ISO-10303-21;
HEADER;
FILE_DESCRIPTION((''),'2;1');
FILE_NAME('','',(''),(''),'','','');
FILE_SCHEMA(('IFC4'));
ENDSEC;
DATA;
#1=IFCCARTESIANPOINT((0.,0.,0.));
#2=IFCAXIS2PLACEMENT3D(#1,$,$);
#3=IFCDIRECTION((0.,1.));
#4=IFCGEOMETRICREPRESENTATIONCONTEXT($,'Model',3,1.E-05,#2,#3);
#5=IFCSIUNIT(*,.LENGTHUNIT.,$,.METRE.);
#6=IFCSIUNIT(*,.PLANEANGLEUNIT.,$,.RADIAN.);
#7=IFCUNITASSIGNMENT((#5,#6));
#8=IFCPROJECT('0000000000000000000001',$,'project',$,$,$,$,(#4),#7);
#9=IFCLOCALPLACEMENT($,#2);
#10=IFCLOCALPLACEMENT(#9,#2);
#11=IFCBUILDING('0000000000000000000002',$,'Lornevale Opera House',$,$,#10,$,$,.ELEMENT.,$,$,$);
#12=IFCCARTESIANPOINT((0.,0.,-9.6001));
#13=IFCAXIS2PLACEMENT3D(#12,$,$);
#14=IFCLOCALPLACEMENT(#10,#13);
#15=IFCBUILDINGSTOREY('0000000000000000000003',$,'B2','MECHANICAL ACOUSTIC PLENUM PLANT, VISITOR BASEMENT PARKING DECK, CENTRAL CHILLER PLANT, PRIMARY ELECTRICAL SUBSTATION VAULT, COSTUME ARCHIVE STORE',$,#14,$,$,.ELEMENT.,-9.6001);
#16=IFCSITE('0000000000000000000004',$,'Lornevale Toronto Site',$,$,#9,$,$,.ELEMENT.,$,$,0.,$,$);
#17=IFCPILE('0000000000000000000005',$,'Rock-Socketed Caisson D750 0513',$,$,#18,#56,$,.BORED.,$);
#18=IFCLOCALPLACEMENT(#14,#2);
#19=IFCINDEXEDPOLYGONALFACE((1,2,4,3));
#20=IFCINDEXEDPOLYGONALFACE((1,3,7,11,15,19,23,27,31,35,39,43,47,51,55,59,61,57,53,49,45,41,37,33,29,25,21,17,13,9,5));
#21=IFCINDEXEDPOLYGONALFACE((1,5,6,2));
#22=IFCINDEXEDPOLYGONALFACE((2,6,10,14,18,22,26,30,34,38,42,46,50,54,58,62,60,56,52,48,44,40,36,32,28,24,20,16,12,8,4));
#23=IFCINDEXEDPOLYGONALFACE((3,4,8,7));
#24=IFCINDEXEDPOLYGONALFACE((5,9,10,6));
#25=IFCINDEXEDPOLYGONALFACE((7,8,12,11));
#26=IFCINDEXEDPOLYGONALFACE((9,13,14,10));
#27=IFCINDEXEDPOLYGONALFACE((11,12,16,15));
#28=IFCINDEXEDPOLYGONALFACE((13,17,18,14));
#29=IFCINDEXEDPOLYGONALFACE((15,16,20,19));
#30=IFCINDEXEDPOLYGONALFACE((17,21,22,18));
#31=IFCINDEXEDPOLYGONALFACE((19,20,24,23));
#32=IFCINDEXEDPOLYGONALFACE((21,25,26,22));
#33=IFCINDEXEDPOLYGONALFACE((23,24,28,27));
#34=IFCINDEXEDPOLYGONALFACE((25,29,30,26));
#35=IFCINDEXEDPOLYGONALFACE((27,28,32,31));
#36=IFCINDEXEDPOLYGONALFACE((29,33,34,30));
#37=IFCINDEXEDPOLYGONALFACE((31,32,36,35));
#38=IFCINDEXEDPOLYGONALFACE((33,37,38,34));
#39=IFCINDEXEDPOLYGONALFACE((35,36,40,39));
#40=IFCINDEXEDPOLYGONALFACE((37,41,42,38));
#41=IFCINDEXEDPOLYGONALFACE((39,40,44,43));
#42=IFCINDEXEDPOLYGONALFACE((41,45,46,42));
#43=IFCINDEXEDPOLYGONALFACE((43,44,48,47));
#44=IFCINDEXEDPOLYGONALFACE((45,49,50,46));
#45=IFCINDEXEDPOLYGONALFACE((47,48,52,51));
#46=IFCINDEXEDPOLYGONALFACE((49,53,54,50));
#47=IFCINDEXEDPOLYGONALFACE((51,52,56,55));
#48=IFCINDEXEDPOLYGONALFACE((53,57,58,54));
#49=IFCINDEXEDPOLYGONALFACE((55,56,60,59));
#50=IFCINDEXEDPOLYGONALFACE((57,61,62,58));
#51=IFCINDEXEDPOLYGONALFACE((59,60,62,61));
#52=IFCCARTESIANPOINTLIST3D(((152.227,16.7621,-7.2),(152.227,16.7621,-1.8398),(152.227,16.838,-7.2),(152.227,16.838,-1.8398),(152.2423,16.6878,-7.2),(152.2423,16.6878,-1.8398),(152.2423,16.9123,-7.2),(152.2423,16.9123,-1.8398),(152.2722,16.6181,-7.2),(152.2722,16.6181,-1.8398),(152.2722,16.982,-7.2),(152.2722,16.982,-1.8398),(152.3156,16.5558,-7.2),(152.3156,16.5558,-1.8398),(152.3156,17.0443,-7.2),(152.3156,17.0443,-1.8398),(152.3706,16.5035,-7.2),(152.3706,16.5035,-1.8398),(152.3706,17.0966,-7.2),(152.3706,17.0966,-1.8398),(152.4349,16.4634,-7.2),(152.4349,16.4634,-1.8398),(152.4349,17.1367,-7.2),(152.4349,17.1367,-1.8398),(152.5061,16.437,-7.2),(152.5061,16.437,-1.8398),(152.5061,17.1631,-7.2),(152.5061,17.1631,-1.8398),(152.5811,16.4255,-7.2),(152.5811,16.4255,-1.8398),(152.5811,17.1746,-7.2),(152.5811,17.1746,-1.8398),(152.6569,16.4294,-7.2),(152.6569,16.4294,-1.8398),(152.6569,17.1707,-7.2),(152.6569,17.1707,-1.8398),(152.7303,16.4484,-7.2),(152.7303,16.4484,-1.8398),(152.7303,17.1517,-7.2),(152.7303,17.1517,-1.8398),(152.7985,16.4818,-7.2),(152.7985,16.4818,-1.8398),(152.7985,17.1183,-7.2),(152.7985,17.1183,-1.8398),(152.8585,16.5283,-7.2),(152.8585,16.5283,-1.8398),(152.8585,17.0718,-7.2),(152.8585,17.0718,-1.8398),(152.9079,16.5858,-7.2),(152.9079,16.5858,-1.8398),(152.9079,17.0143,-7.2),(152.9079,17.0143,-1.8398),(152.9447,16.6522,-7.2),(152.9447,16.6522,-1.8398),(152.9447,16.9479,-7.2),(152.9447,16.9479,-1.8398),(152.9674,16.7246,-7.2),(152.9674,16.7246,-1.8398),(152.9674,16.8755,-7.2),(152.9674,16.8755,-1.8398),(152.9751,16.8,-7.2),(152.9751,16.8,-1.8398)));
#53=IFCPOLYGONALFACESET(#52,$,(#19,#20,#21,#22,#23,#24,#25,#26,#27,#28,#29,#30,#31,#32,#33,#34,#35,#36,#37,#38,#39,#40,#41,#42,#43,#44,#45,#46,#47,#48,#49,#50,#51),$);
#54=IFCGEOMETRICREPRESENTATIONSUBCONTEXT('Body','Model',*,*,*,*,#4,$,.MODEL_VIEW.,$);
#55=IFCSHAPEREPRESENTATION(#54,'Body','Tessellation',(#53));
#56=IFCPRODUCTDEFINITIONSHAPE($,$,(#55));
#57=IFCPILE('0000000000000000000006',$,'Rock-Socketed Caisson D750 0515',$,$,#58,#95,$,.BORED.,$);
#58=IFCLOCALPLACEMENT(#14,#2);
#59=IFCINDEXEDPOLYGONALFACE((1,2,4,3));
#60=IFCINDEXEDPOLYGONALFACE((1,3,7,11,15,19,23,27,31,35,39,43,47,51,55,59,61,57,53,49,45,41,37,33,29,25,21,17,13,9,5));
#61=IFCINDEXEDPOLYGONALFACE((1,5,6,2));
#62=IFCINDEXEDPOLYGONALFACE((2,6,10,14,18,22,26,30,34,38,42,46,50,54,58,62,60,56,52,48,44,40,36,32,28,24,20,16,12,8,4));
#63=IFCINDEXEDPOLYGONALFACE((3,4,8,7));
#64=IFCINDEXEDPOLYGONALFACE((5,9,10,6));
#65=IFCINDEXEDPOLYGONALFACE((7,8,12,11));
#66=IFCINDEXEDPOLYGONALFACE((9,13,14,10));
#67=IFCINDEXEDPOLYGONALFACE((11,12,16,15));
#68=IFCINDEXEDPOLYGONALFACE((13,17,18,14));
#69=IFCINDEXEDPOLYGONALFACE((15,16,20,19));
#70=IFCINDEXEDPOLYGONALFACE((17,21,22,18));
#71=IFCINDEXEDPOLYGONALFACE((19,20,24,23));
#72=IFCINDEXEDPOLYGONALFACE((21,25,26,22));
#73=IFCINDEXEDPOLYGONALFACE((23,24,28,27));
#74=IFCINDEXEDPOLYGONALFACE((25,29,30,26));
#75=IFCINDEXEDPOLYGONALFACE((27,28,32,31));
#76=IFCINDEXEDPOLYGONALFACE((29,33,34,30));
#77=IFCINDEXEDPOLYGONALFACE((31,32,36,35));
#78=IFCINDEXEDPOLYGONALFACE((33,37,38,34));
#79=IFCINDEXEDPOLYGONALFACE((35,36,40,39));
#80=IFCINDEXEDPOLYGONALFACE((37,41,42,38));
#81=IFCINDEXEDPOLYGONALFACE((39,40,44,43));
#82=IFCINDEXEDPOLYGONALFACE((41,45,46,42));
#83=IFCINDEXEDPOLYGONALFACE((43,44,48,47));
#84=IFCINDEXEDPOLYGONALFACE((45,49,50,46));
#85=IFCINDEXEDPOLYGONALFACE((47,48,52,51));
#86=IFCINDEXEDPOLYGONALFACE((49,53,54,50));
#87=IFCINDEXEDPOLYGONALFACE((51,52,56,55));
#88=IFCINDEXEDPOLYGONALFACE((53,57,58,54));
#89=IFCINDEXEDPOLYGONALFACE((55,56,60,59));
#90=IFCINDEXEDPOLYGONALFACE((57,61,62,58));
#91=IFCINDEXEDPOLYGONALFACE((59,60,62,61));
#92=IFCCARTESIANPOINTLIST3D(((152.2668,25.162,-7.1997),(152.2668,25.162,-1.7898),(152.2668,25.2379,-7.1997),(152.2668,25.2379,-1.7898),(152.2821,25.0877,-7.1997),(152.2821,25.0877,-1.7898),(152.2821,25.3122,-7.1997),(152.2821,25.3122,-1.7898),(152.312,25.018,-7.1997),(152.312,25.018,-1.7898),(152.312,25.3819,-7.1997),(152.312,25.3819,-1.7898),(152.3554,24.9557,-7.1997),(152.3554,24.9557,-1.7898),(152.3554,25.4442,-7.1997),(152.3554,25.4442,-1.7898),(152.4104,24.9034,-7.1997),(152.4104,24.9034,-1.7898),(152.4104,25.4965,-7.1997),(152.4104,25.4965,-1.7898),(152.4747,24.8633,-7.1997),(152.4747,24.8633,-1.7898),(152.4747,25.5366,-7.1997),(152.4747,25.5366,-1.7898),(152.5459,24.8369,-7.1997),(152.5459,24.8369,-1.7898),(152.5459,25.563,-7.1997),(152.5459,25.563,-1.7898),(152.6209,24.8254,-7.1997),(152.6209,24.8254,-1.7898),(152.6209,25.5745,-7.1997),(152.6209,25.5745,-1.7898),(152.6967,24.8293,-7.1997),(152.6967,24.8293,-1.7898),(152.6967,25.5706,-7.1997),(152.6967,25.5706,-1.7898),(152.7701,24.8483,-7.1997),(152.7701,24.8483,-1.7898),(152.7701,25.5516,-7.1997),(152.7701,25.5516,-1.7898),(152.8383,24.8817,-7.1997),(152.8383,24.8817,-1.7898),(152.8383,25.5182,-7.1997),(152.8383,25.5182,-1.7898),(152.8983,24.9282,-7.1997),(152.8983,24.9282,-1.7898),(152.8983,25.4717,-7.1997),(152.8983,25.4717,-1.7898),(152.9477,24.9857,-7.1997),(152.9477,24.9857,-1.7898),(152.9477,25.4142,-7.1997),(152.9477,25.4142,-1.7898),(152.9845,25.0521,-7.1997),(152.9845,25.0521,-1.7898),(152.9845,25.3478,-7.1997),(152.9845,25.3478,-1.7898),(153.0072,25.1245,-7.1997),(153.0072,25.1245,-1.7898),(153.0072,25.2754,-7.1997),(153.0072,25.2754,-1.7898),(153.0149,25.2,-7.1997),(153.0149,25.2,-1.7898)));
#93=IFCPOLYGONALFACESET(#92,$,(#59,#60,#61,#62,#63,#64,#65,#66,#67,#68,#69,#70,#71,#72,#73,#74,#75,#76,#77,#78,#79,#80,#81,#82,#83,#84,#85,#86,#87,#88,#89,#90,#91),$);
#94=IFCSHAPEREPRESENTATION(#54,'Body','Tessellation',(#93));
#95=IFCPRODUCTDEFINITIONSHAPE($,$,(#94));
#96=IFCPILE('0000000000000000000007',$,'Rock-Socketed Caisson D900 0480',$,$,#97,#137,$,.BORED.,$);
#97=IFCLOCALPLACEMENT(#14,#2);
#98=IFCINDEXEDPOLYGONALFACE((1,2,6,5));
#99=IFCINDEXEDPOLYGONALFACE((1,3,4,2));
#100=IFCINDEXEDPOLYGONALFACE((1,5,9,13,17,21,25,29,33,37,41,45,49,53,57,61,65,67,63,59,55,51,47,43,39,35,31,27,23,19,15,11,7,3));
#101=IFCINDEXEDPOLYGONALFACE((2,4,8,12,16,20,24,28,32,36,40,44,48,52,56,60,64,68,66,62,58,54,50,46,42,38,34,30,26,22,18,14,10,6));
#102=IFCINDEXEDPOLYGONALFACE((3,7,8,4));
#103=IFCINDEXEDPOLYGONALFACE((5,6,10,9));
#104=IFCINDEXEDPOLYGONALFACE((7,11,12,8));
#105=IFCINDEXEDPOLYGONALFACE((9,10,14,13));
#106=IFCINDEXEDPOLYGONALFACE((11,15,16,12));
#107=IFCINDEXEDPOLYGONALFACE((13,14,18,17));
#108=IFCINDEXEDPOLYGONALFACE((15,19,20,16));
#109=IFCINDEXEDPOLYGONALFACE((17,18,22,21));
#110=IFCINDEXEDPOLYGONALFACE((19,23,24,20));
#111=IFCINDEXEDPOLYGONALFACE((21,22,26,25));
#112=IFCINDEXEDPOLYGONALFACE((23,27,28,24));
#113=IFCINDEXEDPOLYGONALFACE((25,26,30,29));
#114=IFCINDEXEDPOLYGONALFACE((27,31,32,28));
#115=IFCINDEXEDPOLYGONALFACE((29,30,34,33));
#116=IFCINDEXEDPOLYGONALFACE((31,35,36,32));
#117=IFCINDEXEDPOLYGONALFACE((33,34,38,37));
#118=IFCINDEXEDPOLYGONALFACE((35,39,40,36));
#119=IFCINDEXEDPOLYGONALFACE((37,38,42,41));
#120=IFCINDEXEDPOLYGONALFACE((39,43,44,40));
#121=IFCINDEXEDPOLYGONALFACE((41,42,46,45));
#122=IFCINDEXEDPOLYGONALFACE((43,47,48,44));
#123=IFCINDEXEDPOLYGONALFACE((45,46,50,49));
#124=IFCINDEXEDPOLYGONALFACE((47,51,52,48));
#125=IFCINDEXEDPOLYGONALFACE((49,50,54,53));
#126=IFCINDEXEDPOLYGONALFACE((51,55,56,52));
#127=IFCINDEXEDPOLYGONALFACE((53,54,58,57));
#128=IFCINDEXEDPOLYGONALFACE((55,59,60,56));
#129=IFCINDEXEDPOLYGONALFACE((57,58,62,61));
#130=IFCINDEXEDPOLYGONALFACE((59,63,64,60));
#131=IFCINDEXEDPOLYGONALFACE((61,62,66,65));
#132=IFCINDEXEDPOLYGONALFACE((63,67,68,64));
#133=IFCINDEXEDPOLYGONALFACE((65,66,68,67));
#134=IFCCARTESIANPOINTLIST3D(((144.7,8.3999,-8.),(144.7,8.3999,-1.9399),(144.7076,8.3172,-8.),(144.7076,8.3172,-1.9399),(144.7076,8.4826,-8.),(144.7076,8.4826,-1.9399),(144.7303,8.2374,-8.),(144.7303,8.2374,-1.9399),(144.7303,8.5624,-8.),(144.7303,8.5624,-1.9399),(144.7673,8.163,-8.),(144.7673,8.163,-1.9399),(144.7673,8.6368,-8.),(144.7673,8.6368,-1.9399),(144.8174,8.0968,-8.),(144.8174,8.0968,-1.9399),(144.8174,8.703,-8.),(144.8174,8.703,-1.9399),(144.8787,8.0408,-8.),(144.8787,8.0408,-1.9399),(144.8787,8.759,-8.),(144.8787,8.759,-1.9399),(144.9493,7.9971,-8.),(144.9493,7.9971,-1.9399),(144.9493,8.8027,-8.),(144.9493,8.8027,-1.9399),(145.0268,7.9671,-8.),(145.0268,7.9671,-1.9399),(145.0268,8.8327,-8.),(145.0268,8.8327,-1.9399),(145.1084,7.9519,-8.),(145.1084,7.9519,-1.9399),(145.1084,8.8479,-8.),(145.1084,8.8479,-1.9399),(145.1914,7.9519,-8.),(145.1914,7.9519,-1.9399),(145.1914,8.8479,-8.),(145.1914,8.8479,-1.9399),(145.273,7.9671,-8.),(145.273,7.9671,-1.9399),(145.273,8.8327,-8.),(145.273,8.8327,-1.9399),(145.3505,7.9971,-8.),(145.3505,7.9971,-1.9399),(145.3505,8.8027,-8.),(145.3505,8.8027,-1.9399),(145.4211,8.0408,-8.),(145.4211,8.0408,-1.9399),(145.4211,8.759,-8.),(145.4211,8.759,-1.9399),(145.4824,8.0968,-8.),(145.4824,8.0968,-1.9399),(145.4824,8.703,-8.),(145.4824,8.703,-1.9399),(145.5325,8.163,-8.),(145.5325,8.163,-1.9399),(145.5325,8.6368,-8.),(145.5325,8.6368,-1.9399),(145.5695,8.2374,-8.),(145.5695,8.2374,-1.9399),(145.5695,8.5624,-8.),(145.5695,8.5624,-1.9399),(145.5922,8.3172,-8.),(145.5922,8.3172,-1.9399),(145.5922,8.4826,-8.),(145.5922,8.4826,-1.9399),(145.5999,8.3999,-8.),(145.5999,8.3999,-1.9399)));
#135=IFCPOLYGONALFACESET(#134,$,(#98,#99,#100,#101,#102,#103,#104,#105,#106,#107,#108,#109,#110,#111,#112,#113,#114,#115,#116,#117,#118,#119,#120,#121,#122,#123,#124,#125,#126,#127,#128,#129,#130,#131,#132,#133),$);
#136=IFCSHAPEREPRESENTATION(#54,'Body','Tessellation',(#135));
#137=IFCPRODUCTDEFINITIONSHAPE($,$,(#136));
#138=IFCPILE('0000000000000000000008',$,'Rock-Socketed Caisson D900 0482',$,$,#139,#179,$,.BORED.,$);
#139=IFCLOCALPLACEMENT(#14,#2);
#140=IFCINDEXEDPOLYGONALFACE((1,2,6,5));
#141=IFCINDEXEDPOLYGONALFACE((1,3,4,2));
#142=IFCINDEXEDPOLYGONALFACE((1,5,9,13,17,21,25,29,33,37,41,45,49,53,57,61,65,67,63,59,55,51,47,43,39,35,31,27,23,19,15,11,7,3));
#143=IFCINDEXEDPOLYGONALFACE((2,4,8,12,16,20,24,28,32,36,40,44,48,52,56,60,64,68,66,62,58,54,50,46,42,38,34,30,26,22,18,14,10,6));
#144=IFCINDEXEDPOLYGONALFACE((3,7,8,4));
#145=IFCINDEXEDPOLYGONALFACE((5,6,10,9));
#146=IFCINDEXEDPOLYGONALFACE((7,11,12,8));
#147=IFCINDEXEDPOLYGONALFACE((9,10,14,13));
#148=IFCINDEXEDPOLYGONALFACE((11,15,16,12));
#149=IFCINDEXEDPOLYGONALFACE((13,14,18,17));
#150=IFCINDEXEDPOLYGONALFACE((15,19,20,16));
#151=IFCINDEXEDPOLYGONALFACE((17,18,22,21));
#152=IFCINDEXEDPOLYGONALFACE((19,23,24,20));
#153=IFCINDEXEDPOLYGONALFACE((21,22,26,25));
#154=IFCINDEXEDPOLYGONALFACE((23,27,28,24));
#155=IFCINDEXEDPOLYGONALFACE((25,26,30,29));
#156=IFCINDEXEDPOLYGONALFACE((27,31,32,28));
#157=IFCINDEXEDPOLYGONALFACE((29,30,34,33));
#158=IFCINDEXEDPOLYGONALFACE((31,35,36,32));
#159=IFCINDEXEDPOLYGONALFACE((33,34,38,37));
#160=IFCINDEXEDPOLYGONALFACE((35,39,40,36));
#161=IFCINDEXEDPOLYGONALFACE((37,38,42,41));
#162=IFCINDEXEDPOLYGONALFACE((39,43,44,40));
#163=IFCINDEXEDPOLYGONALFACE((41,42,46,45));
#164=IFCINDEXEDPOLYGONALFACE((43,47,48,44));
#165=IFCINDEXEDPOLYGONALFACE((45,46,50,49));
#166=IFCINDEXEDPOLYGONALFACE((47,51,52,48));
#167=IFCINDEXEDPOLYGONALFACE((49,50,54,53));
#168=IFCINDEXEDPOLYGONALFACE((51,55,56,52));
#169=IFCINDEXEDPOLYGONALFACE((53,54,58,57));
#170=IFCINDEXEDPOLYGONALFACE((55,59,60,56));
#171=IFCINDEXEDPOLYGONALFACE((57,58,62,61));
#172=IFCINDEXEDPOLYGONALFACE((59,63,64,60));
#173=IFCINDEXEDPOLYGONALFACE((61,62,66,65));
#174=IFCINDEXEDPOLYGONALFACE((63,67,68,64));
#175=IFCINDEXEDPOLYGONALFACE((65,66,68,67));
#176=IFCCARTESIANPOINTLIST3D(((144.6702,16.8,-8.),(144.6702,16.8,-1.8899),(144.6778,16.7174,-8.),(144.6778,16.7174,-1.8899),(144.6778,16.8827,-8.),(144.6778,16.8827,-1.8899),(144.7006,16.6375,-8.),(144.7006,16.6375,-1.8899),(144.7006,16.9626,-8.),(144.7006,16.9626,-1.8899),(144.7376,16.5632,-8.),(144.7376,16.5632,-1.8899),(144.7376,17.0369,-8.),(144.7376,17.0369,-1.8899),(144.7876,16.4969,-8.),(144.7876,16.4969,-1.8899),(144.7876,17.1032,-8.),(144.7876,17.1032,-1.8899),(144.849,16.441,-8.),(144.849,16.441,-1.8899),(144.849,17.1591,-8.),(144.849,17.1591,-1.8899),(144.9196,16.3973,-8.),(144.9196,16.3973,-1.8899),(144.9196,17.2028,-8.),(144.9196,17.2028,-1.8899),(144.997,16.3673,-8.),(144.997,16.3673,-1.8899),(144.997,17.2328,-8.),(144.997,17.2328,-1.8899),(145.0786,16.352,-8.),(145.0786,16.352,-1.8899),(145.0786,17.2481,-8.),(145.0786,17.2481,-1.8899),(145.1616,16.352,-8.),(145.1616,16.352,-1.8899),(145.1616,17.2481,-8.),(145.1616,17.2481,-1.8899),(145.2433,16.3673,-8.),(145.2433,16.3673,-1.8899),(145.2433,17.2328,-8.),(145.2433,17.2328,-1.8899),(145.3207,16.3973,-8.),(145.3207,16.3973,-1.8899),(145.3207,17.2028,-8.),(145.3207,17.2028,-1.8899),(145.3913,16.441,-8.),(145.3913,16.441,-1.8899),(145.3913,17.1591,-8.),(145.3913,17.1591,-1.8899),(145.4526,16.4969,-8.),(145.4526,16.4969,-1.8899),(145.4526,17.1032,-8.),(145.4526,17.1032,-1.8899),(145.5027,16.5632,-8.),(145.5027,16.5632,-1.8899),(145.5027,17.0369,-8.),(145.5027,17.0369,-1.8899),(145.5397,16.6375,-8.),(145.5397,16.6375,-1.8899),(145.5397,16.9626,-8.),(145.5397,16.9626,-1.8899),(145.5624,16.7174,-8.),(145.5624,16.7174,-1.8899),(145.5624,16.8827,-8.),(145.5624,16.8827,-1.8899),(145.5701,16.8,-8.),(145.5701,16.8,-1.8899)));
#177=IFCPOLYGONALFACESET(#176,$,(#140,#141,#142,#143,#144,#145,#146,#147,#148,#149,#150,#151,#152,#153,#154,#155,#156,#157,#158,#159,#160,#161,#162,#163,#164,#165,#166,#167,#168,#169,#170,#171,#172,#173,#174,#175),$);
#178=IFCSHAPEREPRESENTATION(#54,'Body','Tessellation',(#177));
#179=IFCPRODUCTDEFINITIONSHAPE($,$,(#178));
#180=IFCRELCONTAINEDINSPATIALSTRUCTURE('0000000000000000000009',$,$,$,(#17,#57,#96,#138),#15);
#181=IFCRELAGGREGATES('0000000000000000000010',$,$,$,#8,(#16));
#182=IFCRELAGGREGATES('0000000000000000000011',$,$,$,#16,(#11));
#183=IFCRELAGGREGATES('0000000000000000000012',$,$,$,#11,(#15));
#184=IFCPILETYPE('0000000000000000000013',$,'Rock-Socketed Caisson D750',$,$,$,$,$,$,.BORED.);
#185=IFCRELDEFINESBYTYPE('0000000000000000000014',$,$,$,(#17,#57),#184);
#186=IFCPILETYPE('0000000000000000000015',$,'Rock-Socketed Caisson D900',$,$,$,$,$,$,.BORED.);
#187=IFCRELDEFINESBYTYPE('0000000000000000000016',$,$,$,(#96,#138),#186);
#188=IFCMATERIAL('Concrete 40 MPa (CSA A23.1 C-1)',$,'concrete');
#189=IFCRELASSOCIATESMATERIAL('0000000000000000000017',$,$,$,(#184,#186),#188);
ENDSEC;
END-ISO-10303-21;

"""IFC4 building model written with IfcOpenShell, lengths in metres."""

from ifc_helpers import new_model, si_unit, direction, frame, origin, origin_2d, place, context, subcontext, project, spatial, circle, extrude, material, material_profile, profile_set, type_object, element, save


model = new_model("IFC4")

# Units and contexts
model_context = context("Model", 3, precision=1e-05, world=origin(), true_north=direction((0.0, 1.0)))
body_context = subcontext(model_context, "Body", "Model", "MODEL_VIEW")
ifc_project = project(units=[si_unit("LENGTHUNIT", "METRE"), si_unit("PLANEANGLEUNIT", "RADIAN")], contexts=[model_context])

# Site, building, storey
site_placement = place(None, origin())
site = spatial("IfcSite", under=ifc_project, at=site_placement, Name="Lornevale Toronto Site", CompositionType="ELEMENT", RefElevation=0.0)
building_placement = place(site_placement, origin())
building = spatial("IfcBuilding", under=site, at=building_placement, Name="Lornevale Opera House", CompositionType="ELEMENT")
storey_placement = place(building_placement, frame((0.0, 0.0, -9.6001)))
storey = spatial("IfcBuildingStorey", under=building, at=storey_placement, Name="B2", Description="MECHANICAL ACOUSTIC PLENUM PLANT, VISITOR BASEMENT PARKING DECK, CENTRAL CHILLER PLANT, PRIMARY ELECTRICAL SUBSTATION VAULT, COSTUME ARCHIVE STORE", CompositionType="ELEMENT", Elevation=-9.6001)

# Piles
ifc_material_1 = material(Name="Concrete 40 MPa (CSA A23.1 C-1)", Category="concrete")
ifc_material_profile_1 = material_profile(ifc_material_1, circle(Radius=0.375, at=origin_2d()), Name="CAIS750")
ifc_profile_set_1 = profile_set([ifc_material_profile_1], Name="Concrete 40 MPa (CSA A23.1 C-1)")
pile_type_1 = type_object("IfcPileType", Name="Rock-Socketed Caisson D750", PredefinedType="BORED", material=ifc_profile_set_1)
pile_1_placement = place(storey_placement, frame((152.6001, 16.8, -1.8398), z_axis=(0.0, 0.0, -1.0), x_axis=(1.0, 0.0, 0.0)))
element("IfcPile", 1, at=pile_1_placement, inside=storey, type_object=pile_type_1, Name="Rock-Socketed Caisson D750 0513", PredefinedType="BORED", context=body_context, shape_type="SweptSolid", body=[
    extrude(circle(Radius=0.375, at=origin_2d()), origin(), (0.0, 0.0, 1.0), 5.3601),
])
pile_2_placement = place(storey_placement, frame((152.6399, 25.2, -1.7898), z_axis=(0.0, 0.0, -1.0), x_axis=(1.0, 0.0, 0.0)))
element("IfcPile", 2, at=pile_2_placement, inside=storey, type_object=pile_type_1, Name="Rock-Socketed Caisson D750 0515", PredefinedType="BORED", context=body_context, shape_type="SweptSolid", body=[
    extrude(circle(Radius=0.375, at=origin_2d()), origin(), (0.0, 0.0, 1.0), 5.4099),
])
ifc_material_profile_2 = material_profile(ifc_material_1, circle(Radius=0.45, at=origin_2d()), Name="CAIS900")
ifc_profile_set_2 = profile_set([ifc_material_profile_2], Name="Concrete 40 MPa (CSA A23.1 C-1)")
pile_type_2 = type_object("IfcPileType", Name="Rock-Socketed Caisson D900", PredefinedType="BORED", material=ifc_profile_set_2)
pile_3_placement = place(storey_placement, frame((145.1499, 8.3999, -1.9399), z_axis=(0.0, 0.0, -1.0), x_axis=(1.0, 0.0, 0.0)))
element("IfcPile", 3, at=pile_3_placement, inside=storey, type_object=pile_type_2, Name="Rock-Socketed Caisson D900 0480", PredefinedType="BORED", context=body_context, shape_type="SweptSolid", body=[
    extrude(circle(Radius=0.45, at=origin_2d()), origin(), (0.0, 0.0, 1.0), 6.0601),
])
pile_4_placement = place(storey_placement, frame((145.1201, 16.8, -1.8899), z_axis=(0.0, 0.0, -1.0), x_axis=(1.0, 0.0, 0.0)))
element("IfcPile", 4, at=pile_4_placement, inside=storey, type_object=pile_type_2, Name="Rock-Socketed Caisson D900 0482", PredefinedType="BORED", context=body_context, shape_type="SweptSolid", body=[
    extrude(circle(Radius=0.45, at=origin_2d()), origin(), (0.0, 0.0, 1.0), 6.1101),
])

save(model, "model.ifc")
